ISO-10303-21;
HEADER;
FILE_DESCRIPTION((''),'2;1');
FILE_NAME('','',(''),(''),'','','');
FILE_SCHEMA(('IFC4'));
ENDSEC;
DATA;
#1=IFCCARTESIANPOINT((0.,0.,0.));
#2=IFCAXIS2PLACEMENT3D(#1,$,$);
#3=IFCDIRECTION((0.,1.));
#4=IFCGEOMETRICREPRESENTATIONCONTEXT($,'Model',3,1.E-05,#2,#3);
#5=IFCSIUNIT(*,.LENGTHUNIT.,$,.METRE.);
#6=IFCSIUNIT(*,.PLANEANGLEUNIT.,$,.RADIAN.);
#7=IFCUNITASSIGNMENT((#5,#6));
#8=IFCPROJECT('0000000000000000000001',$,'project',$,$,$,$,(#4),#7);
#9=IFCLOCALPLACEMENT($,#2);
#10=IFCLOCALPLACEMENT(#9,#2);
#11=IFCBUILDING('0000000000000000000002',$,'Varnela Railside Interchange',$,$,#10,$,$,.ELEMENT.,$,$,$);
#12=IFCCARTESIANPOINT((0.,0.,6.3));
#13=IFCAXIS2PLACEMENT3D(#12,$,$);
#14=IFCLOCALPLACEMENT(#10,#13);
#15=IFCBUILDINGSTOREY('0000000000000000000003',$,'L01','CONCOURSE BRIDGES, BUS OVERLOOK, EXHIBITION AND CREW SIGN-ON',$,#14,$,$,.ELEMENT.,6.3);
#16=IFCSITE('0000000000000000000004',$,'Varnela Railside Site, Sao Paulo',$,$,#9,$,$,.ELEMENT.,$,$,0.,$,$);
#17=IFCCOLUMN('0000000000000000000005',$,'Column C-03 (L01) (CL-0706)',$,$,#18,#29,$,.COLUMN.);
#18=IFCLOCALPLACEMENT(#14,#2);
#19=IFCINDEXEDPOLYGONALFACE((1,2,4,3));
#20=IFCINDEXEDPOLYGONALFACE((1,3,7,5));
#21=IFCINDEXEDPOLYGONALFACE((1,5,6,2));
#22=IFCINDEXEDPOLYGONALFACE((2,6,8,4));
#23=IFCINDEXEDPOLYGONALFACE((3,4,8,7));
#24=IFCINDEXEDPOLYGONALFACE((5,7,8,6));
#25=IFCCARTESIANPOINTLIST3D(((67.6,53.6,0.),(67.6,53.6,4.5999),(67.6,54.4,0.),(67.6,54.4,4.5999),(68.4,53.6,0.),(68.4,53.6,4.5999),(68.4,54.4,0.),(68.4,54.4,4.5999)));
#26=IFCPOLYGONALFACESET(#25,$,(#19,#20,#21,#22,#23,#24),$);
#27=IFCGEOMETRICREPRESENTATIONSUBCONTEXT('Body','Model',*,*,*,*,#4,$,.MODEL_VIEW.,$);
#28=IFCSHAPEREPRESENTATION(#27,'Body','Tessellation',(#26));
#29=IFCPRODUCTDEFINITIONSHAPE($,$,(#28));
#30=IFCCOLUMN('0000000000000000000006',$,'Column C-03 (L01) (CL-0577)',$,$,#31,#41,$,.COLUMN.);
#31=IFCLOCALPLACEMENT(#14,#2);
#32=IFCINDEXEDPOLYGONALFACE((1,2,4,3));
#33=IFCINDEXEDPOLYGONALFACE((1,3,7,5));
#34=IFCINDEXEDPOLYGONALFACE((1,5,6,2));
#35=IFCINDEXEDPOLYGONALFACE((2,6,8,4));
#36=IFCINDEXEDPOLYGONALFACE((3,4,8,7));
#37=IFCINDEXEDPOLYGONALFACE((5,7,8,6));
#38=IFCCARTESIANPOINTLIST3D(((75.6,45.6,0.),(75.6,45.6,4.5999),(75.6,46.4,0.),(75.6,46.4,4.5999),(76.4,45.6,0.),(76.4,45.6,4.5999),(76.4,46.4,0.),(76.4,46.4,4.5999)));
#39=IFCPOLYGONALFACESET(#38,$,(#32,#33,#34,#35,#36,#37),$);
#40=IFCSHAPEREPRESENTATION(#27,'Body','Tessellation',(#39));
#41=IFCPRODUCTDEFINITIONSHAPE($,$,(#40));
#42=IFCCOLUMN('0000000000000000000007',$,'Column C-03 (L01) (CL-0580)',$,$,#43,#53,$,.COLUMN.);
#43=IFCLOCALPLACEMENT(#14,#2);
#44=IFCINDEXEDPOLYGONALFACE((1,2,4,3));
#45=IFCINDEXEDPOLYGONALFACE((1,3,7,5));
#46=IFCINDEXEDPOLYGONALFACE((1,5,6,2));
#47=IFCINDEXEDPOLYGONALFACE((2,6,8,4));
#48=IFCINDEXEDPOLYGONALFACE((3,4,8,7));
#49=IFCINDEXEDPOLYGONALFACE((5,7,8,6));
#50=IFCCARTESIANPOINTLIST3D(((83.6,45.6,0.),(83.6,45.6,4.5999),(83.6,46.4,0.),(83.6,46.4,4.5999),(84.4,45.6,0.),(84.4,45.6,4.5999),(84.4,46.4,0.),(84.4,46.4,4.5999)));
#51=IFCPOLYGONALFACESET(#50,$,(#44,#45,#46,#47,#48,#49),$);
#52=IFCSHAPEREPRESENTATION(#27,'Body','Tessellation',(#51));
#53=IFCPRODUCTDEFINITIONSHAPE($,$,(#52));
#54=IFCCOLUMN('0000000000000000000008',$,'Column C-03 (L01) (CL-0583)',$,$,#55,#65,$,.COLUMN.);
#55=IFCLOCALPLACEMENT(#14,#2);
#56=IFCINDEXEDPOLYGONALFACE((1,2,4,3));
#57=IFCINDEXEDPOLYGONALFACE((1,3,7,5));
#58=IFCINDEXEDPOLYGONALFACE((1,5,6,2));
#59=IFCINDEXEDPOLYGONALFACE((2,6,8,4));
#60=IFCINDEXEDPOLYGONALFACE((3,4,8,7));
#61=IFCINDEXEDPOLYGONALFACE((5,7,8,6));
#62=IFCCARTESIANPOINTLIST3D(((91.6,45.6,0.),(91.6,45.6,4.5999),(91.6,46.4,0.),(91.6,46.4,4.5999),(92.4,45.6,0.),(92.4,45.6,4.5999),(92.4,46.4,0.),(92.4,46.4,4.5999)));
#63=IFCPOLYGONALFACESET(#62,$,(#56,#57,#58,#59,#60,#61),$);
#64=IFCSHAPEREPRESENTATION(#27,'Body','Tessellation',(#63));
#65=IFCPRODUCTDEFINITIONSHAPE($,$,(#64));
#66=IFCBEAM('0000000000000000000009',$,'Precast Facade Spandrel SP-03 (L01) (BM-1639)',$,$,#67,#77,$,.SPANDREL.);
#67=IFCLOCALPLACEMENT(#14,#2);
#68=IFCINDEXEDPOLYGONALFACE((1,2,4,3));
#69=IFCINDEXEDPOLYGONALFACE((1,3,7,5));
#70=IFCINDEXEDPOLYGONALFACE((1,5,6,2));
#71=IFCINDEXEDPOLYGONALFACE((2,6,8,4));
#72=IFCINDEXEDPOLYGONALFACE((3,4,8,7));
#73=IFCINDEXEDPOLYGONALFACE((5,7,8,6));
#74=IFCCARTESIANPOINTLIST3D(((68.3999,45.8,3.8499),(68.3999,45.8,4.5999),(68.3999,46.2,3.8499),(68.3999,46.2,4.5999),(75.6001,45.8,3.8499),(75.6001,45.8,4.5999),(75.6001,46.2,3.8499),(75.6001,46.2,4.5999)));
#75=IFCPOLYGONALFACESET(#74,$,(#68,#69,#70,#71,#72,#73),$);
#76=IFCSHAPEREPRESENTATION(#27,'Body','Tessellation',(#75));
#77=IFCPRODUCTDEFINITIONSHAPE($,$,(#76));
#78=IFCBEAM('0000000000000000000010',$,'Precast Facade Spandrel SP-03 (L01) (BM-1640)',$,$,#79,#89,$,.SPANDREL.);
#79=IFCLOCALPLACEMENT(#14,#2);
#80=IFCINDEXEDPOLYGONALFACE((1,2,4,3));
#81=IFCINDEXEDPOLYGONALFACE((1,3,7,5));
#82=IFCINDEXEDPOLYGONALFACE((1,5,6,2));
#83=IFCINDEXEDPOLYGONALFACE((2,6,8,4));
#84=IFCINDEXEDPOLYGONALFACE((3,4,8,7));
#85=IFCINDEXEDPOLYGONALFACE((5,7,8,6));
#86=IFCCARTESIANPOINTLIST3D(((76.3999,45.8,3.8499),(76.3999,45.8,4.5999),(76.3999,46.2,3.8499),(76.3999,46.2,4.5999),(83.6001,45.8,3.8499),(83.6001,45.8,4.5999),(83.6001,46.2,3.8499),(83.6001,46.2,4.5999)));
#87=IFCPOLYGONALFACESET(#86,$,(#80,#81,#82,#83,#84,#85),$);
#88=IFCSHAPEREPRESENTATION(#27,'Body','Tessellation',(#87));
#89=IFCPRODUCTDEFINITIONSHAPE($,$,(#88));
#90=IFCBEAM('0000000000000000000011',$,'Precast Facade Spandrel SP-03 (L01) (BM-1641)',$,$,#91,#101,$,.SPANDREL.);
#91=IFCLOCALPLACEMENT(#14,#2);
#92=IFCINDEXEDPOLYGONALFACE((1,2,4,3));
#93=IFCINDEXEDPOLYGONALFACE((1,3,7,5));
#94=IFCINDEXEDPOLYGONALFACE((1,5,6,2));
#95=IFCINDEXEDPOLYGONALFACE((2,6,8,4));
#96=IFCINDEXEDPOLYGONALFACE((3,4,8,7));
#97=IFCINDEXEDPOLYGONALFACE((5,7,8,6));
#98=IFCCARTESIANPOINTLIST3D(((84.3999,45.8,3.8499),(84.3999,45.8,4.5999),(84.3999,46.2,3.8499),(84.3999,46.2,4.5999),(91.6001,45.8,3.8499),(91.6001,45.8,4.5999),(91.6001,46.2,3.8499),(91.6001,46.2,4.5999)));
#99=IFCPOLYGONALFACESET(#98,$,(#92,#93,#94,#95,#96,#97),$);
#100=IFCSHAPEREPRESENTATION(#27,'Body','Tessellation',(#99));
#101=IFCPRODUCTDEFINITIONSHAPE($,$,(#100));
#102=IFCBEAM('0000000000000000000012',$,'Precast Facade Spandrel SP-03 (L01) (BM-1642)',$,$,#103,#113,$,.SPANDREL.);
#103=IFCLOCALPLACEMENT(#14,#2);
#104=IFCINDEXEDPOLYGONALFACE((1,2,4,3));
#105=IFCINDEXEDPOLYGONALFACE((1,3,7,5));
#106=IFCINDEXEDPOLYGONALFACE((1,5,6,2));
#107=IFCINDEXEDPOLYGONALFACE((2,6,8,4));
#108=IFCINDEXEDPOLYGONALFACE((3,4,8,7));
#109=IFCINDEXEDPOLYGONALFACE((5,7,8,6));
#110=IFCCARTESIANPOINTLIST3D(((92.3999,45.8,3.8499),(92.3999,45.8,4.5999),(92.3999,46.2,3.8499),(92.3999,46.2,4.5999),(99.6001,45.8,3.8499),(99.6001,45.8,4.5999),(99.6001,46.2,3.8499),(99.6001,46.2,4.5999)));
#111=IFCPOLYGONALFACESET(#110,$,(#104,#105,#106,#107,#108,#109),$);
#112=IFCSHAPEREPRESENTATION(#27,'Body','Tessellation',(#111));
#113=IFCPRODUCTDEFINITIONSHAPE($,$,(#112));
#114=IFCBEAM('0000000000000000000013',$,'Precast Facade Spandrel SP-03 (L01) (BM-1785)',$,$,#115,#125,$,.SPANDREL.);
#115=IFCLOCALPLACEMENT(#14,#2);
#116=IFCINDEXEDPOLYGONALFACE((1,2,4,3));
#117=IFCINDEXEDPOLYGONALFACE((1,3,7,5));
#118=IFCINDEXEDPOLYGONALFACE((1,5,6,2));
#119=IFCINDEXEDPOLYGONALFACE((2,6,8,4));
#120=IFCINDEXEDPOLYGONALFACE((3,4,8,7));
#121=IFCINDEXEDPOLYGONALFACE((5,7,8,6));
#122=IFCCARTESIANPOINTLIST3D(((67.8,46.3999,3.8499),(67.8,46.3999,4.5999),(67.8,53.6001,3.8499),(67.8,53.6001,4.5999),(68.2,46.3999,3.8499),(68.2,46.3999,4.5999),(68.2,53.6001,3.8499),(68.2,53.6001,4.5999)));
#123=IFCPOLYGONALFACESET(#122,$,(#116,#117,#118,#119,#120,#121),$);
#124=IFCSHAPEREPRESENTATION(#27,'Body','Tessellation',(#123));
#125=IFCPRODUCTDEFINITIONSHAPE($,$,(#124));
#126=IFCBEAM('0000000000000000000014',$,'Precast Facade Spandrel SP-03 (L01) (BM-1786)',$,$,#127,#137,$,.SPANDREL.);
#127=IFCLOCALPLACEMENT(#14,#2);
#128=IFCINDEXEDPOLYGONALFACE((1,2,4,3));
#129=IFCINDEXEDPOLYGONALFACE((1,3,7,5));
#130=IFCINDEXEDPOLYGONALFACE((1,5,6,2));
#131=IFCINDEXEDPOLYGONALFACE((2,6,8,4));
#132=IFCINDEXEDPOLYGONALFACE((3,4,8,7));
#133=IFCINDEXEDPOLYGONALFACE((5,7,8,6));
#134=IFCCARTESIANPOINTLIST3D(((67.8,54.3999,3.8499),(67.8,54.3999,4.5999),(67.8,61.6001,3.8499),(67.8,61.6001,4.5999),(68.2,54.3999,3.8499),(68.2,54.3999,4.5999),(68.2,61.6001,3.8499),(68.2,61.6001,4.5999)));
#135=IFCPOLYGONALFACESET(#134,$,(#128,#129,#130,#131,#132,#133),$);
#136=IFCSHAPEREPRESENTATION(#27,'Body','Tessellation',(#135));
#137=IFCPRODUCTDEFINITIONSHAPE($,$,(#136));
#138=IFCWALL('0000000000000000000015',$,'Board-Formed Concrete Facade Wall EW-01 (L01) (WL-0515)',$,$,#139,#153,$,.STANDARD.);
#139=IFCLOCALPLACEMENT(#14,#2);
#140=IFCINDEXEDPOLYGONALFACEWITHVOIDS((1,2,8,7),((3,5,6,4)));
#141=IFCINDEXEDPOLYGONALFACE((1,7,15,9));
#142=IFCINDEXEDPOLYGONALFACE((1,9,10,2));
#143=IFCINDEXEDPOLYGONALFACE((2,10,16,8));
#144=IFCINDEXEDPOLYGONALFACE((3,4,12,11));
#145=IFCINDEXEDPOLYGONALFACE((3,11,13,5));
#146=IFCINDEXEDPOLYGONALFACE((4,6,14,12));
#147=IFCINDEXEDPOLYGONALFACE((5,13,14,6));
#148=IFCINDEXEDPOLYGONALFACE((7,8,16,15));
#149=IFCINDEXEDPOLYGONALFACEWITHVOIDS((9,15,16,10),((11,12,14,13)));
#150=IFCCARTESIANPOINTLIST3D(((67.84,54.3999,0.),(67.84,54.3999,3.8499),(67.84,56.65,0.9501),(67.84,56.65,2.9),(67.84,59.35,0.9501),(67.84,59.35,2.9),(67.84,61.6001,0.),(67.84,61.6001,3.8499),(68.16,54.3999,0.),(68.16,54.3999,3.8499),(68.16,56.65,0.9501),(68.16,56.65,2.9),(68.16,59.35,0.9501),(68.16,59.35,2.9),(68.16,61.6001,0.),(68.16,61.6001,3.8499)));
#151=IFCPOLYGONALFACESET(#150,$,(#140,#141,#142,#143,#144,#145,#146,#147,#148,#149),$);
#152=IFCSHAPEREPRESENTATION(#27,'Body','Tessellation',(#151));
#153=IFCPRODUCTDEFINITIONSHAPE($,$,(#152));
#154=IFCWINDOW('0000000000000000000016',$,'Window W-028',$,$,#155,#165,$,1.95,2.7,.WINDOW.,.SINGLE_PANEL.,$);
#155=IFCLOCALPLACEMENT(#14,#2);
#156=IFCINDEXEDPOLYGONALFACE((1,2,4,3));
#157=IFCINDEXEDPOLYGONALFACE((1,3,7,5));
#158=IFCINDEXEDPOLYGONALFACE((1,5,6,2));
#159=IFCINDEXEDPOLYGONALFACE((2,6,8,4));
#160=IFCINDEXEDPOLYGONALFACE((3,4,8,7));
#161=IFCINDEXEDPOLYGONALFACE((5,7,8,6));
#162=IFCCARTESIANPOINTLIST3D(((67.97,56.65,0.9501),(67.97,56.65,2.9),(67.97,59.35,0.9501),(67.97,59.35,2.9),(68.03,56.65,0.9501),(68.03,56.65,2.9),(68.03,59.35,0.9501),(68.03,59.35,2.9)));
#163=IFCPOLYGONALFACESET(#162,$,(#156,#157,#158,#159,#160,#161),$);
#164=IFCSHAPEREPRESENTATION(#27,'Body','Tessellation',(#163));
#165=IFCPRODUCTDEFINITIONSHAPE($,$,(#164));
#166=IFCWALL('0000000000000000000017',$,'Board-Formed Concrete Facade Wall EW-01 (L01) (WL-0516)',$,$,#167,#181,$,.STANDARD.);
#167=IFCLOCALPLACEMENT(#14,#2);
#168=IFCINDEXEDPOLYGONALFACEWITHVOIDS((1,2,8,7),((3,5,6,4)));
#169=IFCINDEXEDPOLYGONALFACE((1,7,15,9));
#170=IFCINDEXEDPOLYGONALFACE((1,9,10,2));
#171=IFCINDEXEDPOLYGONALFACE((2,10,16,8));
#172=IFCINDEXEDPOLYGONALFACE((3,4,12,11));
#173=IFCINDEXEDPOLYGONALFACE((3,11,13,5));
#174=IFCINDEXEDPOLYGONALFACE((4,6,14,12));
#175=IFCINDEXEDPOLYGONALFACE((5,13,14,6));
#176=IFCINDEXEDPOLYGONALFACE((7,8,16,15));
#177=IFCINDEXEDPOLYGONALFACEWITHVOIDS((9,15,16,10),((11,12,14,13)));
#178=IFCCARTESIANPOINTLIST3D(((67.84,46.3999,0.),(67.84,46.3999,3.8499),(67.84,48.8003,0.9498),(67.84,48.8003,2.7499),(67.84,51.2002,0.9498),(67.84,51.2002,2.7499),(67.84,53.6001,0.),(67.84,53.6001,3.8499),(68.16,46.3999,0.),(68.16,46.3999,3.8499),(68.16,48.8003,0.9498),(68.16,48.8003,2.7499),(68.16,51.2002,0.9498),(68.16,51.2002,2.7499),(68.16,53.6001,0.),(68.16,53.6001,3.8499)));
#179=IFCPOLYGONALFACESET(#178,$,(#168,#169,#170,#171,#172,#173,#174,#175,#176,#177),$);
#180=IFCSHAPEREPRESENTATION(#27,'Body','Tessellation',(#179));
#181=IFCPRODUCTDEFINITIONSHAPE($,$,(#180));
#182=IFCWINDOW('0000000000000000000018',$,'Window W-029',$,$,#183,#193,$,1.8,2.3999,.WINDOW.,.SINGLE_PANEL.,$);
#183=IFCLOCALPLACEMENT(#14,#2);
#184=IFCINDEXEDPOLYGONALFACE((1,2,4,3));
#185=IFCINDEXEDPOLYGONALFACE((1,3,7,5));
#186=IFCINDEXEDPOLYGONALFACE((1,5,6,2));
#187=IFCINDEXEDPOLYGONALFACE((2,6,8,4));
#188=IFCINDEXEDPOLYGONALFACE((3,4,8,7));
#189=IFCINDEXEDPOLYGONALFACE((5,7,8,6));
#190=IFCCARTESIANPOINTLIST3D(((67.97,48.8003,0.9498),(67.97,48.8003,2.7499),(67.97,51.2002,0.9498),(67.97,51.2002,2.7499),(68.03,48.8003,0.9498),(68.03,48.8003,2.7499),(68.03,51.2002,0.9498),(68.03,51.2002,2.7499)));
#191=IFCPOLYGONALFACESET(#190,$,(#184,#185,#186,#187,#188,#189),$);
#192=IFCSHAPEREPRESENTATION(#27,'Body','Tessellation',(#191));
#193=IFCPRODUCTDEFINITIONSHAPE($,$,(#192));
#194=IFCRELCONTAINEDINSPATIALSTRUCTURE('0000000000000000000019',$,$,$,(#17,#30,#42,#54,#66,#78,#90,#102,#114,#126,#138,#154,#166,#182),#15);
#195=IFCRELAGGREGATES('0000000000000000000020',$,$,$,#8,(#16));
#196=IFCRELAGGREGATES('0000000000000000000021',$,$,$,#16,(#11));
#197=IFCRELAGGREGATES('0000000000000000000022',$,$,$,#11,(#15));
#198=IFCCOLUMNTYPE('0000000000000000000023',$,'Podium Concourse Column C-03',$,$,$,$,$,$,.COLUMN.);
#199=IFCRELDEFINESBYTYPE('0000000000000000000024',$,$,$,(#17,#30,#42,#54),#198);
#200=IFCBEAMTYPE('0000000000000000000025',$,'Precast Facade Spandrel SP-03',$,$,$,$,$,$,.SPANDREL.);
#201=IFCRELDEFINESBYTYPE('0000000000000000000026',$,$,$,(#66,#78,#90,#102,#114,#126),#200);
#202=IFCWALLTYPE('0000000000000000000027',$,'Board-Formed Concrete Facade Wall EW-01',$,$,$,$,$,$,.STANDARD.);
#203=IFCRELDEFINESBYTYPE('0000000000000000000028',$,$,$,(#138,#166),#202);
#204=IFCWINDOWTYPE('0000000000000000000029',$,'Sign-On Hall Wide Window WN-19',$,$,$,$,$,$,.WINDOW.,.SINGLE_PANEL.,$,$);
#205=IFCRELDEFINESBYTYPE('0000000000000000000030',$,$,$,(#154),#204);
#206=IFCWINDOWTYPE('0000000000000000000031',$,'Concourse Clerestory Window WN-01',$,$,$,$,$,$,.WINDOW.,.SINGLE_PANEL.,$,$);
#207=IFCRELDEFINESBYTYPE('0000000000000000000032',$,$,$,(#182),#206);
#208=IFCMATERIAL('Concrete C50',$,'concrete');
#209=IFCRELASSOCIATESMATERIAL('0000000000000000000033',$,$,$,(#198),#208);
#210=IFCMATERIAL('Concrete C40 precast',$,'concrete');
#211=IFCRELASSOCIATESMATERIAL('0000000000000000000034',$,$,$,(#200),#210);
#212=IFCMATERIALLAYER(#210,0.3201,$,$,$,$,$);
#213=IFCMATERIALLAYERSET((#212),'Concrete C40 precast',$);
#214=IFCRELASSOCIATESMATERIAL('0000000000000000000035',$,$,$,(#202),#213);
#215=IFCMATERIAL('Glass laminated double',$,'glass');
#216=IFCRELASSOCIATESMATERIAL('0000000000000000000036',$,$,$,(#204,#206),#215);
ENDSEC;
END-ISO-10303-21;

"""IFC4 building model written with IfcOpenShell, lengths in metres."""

from ifc_helpers import new_model, si_unit, direction, frame, frame_2d, origin, origin_2d, place, context, subcontext, project, spatial, rectangle, extrude, material, layer, layer_set, material_profile, profile_set, type_object, element, fill, save


model = new_model("IFC4")

# Units and contexts
model_context = context("Model", 3, precision=1e-05, world=origin(), true_north=direction((0.0, 1.0)))
body_context = subcontext(model_context, "Body", "Model", "MODEL_VIEW")
ifc_project = project(units=[si_unit("LENGTHUNIT", "METRE"), si_unit("PLANEANGLEUNIT", "RADIAN")], contexts=[model_context])

# Site, building, storey
site_placement = place(None, origin())
site = spatial("IfcSite", under=ifc_project, at=site_placement, Name="Varnela Railside Site, Sao Paulo", CompositionType="ELEMENT", RefElevation=0.0)
building_placement = place(site_placement, origin())
building = spatial("IfcBuilding", under=site, at=building_placement, Name="Varnela Railside Interchange", CompositionType="ELEMENT")
storey_placement = place(building_placement, frame((0.0, 0.0, 6.3)))
storey = spatial("IfcBuildingStorey", under=building, at=storey_placement, Name="L01", Description="CONCOURSE BRIDGES, BUS OVERLOOK, EXHIBITION AND CREW SIGN-ON", CompositionType="ELEMENT", Elevation=6.3)

# Columns
ifc_material_1 = material(Name="Concrete C50", Category="concrete")
ifc_material_profile_1 = material_profile(ifc_material_1, rectangle(XDim=0.8, YDim=0.8, at=origin_2d()), Name="RC 800x800")
ifc_profile_set_1 = profile_set([ifc_material_profile_1], Name="Concrete C50")
column_type = type_object("IfcColumnType", Name="Podium Concourse Column C-03", PredefinedType="COLUMN", material=ifc_profile_set_1)
for number, where, z_axis, x_axis, name in (
    (1, (68.0, 54.0, 0.0), (0.0, 0.0, 1.0), (1.0, 0.0, 0.0), "Column C-03 (L01) (CL-0706)"),
    (2, (76.0, 46.0, 0.0), (0.0, 0.0, 1.0), (1.0, 0.0, 0.0), "Column C-03 (L01) (CL-0577)"),
    (3, (84.0, 46.0, 0.0), (0.0, 0.0, 1.0), (1.0, 0.0, 0.0), "Column C-03 (L01) (CL-0580)"),
    (4, (92.0, 46.0, 0.0), (0.0, 0.0, 1.0), (1.0, 0.0, 0.0), "Column C-03 (L01) (CL-0583)"),
):
    element("IfcColumn", number, at=place(storey_placement, frame(where, z_axis=z_axis, x_axis=x_axis)), inside=storey, type_object=column_type, Name=name, PredefinedType="COLUMN", context=body_context, shape_type="SweptSolid", body=[
        extrude(rectangle(XDim=0.8, YDim=0.8, at=origin_2d()), origin(), (0.0, 0.0, 1.0), 4.5999),
    ])

# Beams
ifc_material_2 = material(Name="Concrete C40 precast", Category="concrete")
ifc_material_profile_2 = material_profile(ifc_material_2, rectangle(XDim=0.3999, YDim=0.75, at=origin_2d()), Name="PC 400x750")
ifc_profile_set_2 = profile_set([ifc_material_profile_2], Name="Concrete C40 precast")
beam_type = type_object("IfcBeamType", Name="Precast Facade Spandrel SP-03", PredefinedType="SPANDREL", material=ifc_profile_set_2)
for number, where, z_axis, x_axis, name in (
    (5, (68.3999, 46.0, 4.2249), (1.0, 0.0, 0.0), (0.0, 1.0, 0.0), "Precast Facade Spandrel SP-03 (L01) (BM-1639)"),
    (6, (76.3999, 46.0, 4.2249), (1.0, 0.0, 0.0), (0.0, 1.0, 0.0), "Precast Facade Spandrel SP-03 (L01) (BM-1640)"),
    (7, (84.3999, 46.0, 4.2249), (1.0, 0.0, 0.0), (0.0, 1.0, 0.0), "Precast Facade Spandrel SP-03 (L01) (BM-1641)"),
    (8, (92.3999, 46.0, 4.2249), (1.0, 0.0, 0.0), (0.0, 1.0, 0.0), "Precast Facade Spandrel SP-03 (L01) (BM-1642)"),
    (9, (68.0, 46.3999, 4.2249), (0.0, 1.0, 0.0), (-1.0, 0.0, 0.0), "Precast Facade Spandrel SP-03 (L01) (BM-1785)"),
    (10, (68.0, 54.3999, 4.2249), (0.0, 1.0, 0.0), (-1.0, 0.0, 0.0), "Precast Facade Spandrel SP-03 (L01) (BM-1786)"),
):
    element("IfcBeam", number, at=place(storey_placement, frame(where, z_axis=z_axis, x_axis=x_axis)), inside=storey, type_object=beam_type, Name=name, PredefinedType="SPANDREL", context=body_context, shape_type="SweptSolid", body=[
        extrude(rectangle(XDim=0.3999, YDim=0.75, at=origin_2d()), origin(), (0.0, 0.0, 1.0), 7.2002),
    ])

# Walls, openings, windows
ifc_layer = layer(ifc_material_2, 0.3201)
ifc_layer_set = layer_set([ifc_layer], Name="Concrete C40 precast")
wall_type = type_object("IfcWallType", Name="Board-Formed Concrete Facade Wall EW-01", PredefinedType="STANDARD", material=ifc_layer_set)
wall_1_placement = place(storey_placement, frame((68.0, 61.6001, 0.0), z_axis=(0.0, 0.0, 1.0), x_axis=(0.0, -1.0, 0.0)))
wall_1 = element("IfcWall", 11, at=wall_1_placement, inside=storey, type_object=wall_type, Name="Board-Formed Concrete Facade Wall EW-01 (L01) (WL-0515)", PredefinedType="STANDARD", context=body_context, shape_type="SweptSolid", body=[
    extrude(rectangle(XDim=7.2002, YDim=0.3201, at=frame_2d((3.6001, 0.0))), origin(), (0.0, 0.0, 1.0), 3.8499),
])
opening_1_placement = place(wall_1_placement, frame((2.25, 0.0, 0.95)))
opening_1 = element("IfcOpeningElement", 12, at=opening_1_placement, cuts=wall_1, PredefinedType="OPENING", context=body_context, shape_type="SweptSolid", body=[
    extrude(rectangle(XDim=2.7, YDim=1.95, at=frame_2d((1.3501, 0.9751))), frame((0.0, 0.1699, 0.0), z_axis=(0.0, -1.0, 0.0), x_axis=(1.0, 0.0, 0.0)), (0.0, 0.0, 1.0), 0.3401),
])
ifc_material_3 = material(Name="Glass laminated double", Category="glass")
window_type_1 = type_object("IfcWindowType", Name="Sign-On Hall Wide Window WN-19", PartitioningType="SINGLE_PANEL", PredefinedType="WINDOW", material=ifc_material_3)
window_1_placement = place(opening_1_placement, origin())
window_1 = element("IfcWindow", 13, at=window_1_placement, inside=storey, type_object=window_type_1, Name="Window W-028", OverallHeight=1.95, OverallWidth=2.7, PartitioningType="SINGLE_PANEL", PredefinedType="WINDOW", context=body_context, shape_type="SweptSolid", body=[
    extrude(rectangle(XDim=2.7, YDim=1.95, at=frame_2d((1.3501, 0.9751))), frame((0.0, 0.03, 0.0), z_axis=(0.0, -1.0, 0.0), x_axis=(1.0, 0.0, 0.0)), (0.0, 0.0, 1.0), 0.0601),
])
fill(opening_1, window_1)
wall_2_placement = place(storey_placement, frame((68.0, 53.6001, 0.0), z_axis=(0.0, 0.0, 1.0), x_axis=(0.0, -1.0, 0.0)))
wall_2 = element("IfcWall", 14, at=wall_2_placement, inside=storey, type_object=wall_type, Name="Board-Formed Concrete Facade Wall EW-01 (L01) (WL-0516)", PredefinedType="STANDARD", context=body_context, shape_type="SweptSolid", body=[
    extrude(rectangle(XDim=7.2002, YDim=0.3201, at=frame_2d((3.6001, 0.0))), origin(), (0.0, 0.0, 1.0), 3.8499),
])
opening_2_placement = place(wall_2_placement, frame((2.3999, 0.0, 0.95)))
opening_2 = element("IfcOpeningElement", 15, at=opening_2_placement, cuts=wall_2, PredefinedType="OPENING", context=body_context, shape_type="SweptSolid", body=[
    extrude(rectangle(XDim=2.3999, YDim=1.8, at=frame_2d((1.2, 0.8999))), frame((0.0, 0.1699, 0.0), z_axis=(0.0, -1.0, 0.0), x_axis=(1.0, 0.0, 0.0)), (0.0, 0.0, 1.0), 0.3401),
])
window_type_2 = type_object("IfcWindowType", Name="Concourse Clerestory Window WN-01", PartitioningType="SINGLE_PANEL", PredefinedType="WINDOW", material=ifc_material_3)
window_2_placement = place(opening_2_placement, origin())
window_2 = element("IfcWindow", 16, at=window_2_placement, inside=storey, type_object=window_type_2, Name="Window W-029", OverallHeight=1.8, OverallWidth=2.3999, PartitioningType="SINGLE_PANEL", PredefinedType="WINDOW", context=body_context, shape_type="SweptSolid", body=[
    extrude(rectangle(XDim=2.3999, YDim=1.8, at=frame_2d((1.2, 0.8999))), frame((0.0, 0.03, 0.0), z_axis=(0.0, -1.0, 0.0), x_axis=(1.0, 0.0, 0.0)), (0.0, 0.0, 1.0), 0.0601),
])
fill(opening_2, window_2)

save(model, "model.ifc")
